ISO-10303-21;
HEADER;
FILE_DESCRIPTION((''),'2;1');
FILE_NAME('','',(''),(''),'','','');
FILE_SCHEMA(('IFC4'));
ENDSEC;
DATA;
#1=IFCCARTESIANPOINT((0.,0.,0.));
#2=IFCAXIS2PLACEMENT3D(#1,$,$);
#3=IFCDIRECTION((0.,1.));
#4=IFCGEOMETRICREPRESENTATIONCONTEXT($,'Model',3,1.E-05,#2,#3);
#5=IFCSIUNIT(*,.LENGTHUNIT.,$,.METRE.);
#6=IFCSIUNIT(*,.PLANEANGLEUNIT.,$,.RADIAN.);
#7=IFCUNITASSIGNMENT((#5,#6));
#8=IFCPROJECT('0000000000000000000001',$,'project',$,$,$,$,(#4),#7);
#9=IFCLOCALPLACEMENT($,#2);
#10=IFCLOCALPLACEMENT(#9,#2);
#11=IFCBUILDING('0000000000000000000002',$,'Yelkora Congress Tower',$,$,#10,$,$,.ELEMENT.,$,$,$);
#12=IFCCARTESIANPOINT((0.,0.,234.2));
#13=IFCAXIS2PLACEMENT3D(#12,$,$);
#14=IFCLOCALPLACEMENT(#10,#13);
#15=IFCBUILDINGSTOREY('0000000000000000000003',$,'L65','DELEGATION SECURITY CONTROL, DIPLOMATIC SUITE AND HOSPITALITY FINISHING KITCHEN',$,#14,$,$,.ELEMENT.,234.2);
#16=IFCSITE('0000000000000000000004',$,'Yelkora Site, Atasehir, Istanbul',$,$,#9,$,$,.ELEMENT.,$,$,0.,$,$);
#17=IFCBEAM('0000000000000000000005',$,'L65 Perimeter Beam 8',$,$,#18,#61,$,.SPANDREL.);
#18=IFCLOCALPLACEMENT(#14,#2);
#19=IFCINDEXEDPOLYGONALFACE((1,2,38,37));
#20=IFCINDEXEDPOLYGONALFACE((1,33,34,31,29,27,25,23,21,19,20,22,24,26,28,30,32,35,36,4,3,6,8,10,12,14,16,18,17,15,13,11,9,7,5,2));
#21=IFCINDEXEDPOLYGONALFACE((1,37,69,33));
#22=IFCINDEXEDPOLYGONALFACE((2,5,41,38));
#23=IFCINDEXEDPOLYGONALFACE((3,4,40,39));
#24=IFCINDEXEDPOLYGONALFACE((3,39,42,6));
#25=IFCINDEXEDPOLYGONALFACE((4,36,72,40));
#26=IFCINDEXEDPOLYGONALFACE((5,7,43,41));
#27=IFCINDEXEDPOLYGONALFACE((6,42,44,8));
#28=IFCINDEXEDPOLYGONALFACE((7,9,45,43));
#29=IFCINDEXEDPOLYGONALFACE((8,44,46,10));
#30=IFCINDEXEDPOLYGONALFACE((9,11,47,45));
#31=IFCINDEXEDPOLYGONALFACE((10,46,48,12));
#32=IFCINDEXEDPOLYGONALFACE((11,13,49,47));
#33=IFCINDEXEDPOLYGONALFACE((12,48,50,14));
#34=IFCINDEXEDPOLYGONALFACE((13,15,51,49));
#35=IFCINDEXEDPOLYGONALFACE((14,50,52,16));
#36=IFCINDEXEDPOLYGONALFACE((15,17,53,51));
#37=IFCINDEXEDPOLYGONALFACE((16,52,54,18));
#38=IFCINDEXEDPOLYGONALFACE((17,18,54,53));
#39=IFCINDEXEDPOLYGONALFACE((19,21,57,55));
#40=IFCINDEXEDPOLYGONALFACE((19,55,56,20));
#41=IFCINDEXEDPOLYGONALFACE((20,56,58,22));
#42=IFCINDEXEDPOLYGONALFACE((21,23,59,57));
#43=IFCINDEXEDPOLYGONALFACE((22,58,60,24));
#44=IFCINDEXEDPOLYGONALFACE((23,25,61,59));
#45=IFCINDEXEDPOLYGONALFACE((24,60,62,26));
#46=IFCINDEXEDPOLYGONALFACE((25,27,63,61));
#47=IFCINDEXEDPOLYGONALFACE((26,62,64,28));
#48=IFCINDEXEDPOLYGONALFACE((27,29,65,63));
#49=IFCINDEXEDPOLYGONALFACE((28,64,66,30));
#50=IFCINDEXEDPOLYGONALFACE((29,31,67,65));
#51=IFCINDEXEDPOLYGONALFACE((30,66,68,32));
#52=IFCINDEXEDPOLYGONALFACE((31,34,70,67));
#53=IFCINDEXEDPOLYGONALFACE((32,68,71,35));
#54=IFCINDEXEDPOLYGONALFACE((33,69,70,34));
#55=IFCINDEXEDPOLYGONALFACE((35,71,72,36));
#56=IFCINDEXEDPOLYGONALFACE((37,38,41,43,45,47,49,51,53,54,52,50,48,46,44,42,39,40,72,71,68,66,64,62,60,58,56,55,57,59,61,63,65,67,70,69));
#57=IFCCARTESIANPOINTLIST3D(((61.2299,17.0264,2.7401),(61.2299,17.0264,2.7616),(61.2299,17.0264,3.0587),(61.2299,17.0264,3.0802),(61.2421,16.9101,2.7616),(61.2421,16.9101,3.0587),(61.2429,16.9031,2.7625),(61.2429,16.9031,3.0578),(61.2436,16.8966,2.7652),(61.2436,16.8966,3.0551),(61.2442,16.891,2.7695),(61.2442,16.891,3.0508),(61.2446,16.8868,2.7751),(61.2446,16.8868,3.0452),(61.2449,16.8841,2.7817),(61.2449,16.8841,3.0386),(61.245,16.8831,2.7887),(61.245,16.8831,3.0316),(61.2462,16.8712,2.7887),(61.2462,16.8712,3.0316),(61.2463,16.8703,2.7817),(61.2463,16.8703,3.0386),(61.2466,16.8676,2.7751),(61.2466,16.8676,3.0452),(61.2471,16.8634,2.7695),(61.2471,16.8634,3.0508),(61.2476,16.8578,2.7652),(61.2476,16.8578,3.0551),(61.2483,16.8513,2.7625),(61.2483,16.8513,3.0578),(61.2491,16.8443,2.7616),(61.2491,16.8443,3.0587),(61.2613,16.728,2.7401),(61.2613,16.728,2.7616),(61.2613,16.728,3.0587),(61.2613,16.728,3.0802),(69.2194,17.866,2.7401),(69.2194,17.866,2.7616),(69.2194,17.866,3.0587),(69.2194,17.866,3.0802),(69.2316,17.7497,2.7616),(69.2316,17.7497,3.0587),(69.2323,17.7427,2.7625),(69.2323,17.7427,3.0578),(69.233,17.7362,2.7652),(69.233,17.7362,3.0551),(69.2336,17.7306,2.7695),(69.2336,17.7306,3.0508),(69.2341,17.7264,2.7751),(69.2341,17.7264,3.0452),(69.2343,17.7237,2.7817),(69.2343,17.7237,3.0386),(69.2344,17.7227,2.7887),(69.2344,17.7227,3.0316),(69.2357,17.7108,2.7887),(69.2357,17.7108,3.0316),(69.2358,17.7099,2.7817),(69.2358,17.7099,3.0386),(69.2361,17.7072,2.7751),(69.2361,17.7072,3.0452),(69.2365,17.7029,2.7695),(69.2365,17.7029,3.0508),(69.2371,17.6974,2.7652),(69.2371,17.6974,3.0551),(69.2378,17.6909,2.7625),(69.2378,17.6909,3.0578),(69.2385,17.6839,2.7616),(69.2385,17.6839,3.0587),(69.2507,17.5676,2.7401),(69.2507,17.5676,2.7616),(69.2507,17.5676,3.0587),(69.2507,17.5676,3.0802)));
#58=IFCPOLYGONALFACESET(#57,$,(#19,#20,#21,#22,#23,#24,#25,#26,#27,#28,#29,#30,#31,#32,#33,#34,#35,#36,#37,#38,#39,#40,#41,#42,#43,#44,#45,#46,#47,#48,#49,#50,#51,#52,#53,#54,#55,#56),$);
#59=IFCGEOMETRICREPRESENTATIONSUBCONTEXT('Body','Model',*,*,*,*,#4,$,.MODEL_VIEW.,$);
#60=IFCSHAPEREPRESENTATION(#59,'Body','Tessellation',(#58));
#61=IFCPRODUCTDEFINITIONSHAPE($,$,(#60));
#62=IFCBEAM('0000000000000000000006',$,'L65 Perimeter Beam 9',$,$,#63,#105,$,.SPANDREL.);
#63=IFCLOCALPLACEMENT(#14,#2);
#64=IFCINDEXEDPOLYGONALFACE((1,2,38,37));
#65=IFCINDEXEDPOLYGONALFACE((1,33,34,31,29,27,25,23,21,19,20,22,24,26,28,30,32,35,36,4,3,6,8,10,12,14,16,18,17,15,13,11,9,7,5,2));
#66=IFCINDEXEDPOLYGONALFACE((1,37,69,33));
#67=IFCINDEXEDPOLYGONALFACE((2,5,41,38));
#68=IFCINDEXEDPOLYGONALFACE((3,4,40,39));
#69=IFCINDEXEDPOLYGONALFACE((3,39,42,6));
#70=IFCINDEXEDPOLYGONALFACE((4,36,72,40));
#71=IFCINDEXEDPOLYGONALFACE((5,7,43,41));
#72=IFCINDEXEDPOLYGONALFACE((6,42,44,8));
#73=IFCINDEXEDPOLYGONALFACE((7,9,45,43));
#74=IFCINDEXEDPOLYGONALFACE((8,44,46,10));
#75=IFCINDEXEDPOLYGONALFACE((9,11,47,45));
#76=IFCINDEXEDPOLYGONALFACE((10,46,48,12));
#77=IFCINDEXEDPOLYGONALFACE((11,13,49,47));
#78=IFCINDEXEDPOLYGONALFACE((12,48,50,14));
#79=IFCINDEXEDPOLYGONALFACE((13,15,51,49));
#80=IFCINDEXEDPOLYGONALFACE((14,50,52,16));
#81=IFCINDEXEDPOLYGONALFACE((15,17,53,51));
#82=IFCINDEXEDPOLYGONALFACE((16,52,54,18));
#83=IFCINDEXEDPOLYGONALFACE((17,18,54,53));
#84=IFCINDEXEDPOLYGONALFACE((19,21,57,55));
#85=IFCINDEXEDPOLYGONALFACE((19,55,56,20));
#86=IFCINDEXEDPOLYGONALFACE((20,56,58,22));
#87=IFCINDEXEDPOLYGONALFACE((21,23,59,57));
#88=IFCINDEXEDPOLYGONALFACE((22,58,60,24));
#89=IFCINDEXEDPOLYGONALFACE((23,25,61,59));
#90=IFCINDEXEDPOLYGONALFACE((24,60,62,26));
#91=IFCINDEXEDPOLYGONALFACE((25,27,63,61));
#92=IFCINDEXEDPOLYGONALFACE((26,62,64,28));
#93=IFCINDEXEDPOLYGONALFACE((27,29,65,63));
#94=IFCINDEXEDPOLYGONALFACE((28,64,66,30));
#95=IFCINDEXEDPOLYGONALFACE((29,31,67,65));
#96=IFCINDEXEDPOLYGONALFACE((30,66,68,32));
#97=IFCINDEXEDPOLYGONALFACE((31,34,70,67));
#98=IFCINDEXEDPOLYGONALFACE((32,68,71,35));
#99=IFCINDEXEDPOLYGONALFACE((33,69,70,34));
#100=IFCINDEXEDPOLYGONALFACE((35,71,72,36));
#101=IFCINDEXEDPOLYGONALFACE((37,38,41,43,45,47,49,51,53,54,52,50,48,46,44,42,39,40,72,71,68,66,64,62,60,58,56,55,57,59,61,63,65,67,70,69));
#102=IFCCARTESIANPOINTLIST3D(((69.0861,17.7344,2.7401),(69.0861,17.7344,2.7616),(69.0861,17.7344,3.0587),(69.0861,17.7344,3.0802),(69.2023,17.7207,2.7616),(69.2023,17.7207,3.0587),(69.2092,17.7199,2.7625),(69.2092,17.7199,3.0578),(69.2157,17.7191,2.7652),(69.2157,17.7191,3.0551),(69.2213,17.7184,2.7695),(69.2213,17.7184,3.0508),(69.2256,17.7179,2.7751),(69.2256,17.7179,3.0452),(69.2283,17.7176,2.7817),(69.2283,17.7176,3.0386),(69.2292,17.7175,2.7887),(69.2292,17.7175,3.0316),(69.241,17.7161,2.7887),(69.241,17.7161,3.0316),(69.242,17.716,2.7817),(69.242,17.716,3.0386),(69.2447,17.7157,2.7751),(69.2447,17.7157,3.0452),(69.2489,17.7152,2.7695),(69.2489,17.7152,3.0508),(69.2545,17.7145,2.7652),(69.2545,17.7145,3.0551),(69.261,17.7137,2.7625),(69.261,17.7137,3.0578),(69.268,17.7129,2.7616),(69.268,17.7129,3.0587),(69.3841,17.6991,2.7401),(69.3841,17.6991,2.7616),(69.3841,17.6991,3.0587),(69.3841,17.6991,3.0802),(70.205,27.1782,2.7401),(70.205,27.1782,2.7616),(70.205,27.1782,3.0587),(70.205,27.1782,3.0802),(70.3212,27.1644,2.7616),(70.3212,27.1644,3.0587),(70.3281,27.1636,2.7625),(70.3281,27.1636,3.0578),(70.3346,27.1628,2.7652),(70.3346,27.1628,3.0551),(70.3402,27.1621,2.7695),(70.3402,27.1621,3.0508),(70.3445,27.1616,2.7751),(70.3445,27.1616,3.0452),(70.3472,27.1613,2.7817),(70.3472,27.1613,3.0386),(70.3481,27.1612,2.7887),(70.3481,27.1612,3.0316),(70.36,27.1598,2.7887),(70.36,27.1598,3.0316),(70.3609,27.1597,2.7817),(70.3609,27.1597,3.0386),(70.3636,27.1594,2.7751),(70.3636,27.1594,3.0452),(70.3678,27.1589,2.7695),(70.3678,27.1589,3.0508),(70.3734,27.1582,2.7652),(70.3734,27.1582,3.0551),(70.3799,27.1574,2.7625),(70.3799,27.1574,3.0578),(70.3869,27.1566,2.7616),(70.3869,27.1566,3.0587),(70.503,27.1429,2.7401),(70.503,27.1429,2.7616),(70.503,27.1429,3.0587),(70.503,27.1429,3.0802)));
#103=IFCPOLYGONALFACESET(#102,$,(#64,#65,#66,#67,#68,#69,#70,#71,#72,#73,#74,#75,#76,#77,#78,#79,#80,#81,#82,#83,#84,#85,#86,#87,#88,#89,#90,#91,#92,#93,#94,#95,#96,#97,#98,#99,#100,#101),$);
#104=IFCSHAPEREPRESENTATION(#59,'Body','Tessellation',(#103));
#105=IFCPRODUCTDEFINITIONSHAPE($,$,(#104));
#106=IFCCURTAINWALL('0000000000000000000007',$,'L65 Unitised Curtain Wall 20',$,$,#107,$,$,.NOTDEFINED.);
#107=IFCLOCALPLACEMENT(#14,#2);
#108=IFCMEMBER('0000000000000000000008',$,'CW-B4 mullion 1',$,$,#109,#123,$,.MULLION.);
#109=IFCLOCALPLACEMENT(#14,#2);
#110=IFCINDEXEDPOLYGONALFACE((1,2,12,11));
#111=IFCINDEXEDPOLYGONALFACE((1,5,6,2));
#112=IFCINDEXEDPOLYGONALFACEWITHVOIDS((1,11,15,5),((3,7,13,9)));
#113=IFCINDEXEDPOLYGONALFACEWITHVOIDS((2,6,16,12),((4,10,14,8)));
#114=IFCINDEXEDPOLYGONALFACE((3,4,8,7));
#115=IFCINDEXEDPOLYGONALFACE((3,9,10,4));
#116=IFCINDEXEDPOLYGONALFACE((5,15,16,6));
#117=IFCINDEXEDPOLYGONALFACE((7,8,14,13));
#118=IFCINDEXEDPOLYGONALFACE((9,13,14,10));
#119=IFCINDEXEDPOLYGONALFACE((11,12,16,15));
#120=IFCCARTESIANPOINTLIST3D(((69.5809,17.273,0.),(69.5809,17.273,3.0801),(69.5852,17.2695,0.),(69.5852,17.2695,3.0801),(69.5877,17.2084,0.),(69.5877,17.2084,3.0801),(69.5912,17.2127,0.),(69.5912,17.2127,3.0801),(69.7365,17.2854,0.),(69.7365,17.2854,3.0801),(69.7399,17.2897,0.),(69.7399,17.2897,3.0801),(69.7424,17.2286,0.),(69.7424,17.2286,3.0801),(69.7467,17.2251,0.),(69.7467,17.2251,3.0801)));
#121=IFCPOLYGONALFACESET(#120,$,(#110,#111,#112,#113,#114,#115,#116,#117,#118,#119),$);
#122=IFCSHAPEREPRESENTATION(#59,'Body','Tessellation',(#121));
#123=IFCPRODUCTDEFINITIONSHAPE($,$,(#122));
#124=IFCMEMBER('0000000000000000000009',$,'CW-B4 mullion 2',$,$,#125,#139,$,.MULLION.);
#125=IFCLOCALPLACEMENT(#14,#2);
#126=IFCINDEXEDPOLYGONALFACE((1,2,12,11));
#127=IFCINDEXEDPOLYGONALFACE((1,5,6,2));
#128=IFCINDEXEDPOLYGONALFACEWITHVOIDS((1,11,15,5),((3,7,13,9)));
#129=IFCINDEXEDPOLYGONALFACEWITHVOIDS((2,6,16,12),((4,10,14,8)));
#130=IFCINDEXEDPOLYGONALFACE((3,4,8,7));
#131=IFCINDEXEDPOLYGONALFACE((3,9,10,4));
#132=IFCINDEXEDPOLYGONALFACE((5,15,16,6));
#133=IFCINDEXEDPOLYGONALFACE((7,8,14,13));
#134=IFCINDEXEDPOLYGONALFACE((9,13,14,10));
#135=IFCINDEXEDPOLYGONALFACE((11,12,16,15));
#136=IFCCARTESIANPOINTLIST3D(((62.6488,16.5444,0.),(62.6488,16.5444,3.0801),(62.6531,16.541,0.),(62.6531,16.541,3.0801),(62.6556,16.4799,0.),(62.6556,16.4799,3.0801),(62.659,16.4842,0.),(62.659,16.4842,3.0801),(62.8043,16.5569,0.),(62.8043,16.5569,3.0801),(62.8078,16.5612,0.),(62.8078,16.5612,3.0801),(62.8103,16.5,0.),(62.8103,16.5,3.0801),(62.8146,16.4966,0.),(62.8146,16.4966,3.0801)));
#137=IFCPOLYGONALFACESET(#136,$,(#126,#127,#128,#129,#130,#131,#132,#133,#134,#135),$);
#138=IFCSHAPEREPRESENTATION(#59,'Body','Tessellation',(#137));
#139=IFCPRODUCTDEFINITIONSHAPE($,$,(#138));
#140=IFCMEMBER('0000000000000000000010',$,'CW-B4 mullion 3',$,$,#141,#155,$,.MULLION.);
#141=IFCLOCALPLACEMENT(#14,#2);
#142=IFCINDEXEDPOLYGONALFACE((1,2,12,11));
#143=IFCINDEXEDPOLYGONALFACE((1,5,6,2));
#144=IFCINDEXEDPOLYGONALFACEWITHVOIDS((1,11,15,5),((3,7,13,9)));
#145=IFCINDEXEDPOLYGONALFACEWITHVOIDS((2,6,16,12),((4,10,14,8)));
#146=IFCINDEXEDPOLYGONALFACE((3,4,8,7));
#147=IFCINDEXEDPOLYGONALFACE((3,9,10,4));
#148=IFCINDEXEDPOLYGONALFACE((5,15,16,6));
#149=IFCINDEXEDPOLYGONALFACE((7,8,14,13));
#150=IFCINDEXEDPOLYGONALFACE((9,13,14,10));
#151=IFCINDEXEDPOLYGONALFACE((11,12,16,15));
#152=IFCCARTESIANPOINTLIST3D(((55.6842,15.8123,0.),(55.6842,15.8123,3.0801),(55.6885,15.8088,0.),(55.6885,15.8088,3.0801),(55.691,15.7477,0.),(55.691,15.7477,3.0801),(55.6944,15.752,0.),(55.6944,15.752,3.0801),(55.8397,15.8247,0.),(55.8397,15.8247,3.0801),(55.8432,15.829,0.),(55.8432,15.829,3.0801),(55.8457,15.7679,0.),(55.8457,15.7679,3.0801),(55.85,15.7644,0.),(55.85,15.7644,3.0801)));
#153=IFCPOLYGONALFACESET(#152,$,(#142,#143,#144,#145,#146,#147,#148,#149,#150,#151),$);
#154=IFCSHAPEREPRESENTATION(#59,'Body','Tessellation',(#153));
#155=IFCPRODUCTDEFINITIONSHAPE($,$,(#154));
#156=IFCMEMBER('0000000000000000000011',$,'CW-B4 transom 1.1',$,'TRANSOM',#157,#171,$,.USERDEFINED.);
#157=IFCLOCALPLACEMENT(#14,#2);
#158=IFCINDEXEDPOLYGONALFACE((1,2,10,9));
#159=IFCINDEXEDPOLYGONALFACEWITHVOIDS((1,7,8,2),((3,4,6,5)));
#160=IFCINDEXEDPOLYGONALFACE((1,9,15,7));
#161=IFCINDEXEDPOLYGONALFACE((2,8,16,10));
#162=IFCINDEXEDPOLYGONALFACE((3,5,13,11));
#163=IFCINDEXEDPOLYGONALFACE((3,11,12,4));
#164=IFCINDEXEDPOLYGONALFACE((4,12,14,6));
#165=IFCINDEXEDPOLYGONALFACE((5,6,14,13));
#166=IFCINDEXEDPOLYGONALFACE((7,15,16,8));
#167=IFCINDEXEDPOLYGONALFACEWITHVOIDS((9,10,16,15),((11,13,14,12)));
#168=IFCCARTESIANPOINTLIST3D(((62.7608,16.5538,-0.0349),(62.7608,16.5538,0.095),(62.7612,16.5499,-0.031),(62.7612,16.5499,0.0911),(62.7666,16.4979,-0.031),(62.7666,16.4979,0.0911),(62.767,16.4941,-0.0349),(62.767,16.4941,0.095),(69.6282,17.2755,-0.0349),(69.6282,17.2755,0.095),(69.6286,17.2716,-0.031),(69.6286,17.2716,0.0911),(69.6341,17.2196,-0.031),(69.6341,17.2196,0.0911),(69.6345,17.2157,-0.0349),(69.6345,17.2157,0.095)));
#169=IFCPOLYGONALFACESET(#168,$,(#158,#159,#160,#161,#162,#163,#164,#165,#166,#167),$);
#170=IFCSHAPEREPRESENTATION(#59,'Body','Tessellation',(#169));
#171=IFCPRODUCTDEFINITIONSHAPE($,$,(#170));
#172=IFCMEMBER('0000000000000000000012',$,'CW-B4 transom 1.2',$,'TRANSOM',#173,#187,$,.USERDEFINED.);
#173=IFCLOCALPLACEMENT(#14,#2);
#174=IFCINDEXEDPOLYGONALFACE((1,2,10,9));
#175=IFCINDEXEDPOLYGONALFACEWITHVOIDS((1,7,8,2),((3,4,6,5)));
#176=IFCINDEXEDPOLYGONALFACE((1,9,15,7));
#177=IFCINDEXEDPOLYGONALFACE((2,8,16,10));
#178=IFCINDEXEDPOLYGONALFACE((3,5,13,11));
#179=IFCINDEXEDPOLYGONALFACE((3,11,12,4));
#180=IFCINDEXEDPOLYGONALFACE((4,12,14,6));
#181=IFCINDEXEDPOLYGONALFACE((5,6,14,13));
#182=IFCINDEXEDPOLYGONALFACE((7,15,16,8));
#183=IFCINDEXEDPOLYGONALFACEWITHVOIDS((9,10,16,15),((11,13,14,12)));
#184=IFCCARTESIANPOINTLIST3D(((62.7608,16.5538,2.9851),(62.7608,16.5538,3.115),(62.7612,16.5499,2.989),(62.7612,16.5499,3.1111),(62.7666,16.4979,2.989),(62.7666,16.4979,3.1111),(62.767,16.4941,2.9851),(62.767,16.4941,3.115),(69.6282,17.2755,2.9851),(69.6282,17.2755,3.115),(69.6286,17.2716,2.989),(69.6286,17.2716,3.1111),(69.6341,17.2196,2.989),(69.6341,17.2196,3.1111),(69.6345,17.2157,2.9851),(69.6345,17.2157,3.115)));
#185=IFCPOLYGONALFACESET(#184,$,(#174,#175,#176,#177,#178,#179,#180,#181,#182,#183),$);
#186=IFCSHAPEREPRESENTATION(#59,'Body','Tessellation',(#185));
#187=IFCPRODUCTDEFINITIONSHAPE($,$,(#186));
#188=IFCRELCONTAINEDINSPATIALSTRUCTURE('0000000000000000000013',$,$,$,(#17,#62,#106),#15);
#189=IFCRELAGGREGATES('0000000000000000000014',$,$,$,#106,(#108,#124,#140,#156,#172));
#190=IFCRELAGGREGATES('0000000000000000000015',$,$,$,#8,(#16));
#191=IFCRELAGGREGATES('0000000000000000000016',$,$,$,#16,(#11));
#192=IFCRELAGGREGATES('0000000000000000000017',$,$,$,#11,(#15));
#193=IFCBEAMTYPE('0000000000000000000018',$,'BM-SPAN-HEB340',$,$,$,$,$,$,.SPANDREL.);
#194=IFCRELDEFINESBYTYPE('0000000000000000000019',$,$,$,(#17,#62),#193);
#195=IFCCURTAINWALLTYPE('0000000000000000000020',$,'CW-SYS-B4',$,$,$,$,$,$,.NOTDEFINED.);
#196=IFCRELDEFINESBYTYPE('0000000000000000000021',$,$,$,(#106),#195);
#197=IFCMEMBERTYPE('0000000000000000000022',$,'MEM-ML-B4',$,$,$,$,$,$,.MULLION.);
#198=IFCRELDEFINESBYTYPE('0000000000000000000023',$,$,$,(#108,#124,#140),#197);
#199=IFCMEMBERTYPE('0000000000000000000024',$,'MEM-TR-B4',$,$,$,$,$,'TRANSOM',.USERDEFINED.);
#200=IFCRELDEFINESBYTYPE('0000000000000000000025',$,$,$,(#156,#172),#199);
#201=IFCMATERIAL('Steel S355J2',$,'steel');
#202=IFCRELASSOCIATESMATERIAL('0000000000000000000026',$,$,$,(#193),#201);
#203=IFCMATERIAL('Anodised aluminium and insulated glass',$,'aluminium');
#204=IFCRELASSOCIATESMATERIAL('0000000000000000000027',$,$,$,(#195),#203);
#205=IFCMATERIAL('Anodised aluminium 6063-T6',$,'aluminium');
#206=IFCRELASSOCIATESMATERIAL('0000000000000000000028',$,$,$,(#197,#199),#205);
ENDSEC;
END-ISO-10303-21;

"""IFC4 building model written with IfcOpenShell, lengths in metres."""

from ifc_helpers import new_model, si_unit, direction, frame, origin, origin_2d, place, context, subcontext, project, spatial, hollow_rectangle, i_section, extrude, material, material_profile, profile_set, type_object, element, aggregate, save


model = new_model("IFC4")

# Units and contexts
model_context = context("Model", 3, precision=1e-05, world=origin(), true_north=direction((0.0, 1.0)))
body_context = subcontext(model_context, "Body", "Model", "MODEL_VIEW")
ifc_project = project(units=[si_unit("LENGTHUNIT", "METRE"), si_unit("PLANEANGLEUNIT", "RADIAN")], contexts=[model_context])

# Site, building, storey
site_placement = place(None, origin())
site = spatial("IfcSite", under=ifc_project, at=site_placement, Name="Yelkora Site, Atasehir, Istanbul", CompositionType="ELEMENT", RefElevation=0.0)
building_placement = place(site_placement, origin())
building = spatial("IfcBuilding", under=site, at=building_placement, Name="Yelkora Congress Tower", CompositionType="ELEMENT")
storey_placement = place(building_placement, frame((0.0, 0.0, 234.2)))
storey = spatial("IfcBuildingStorey", under=building, at=storey_placement, Name="L65", Description="DELEGATION SECURITY CONTROL, DIPLOMATIC SUITE AND HOSPITALITY FINISHING KITCHEN", CompositionType="ELEMENT", Elevation=234.2)

# Shared definitions
ifc_material_1 = material(Name="Steel S355J2", Category="steel")

# Beams
ifc_material_profile_1 = material_profile(ifc_material_1, i_section(OverallWidth=0.3, OverallDepth=0.3401, WebThickness=0.012, FlangeThickness=0.0215, FilletRadius=0.0271, at=origin_2d()), Name="HEB 340")
ifc_profile_set_1 = profile_set([ifc_material_profile_1], Name="Steel S355J2")
beam_type_1 = type_object("IfcBeamType", Name="BM-SPAN-HEB340", PredefinedType="SPANDREL", material=ifc_profile_set_1)
beam_1_placement = place(storey_placement, frame((61.2456, 16.8772, 2.9102), z_axis=(0.994524, 0.104512, 0.0), x_axis=(-0.104512, 0.994524, 0.0)))
element("IfcBeam", 1, at=beam_1_placement, inside=storey, type_object=beam_type_1, Name="L65 Perimeter Beam 8", PredefinedType="SPANDREL", context=body_context, shape_type="SweptSolid", body=[
    extrude(i_section(OverallWidth=0.3, OverallDepth=0.3401, WebThickness=0.012, FlangeThickness=0.0215, FilletRadius=0.0271, at=origin_2d()), origin(), (0.0, 0.0, 1.0), 8.0334),
])
beam_2_placement = place(storey_placement, frame((69.2351, 17.7168, 2.9102), z_axis=(0.117659, 0.993054, 0.0), x_axis=(-0.993054, 0.117659, 0.0)))
element("IfcBeam", 2, at=beam_2_placement, inside=storey, type_object=beam_type_1, Name="L65 Perimeter Beam 9", PredefinedType="SPANDREL", context=body_context, shape_type="SweptSolid", body=[
    extrude(i_section(OverallWidth=0.3, OverallDepth=0.3401, WebThickness=0.012, FlangeThickness=0.0215, FilletRadius=0.0271, at=origin_2d()), origin(), (0.0, 0.0, 1.0), 9.5098),
])

# Curtain wall, members
ifc_material_2 = material(Name="Anodised aluminium and insulated glass", Category="aluminium")
curtain_wall_type = type_object("IfcCurtainWallType", Name="CW-SYS-B4", PredefinedType="NOTDEFINED", material=ifc_material_2)
curtain_wall_placement = place(storey_placement, origin())
curtain_wall = element("IfcCurtainWall", 3, at=curtain_wall_placement, inside=storey, type_object=curtain_wall_type, Name="L65 Unitised Curtain Wall 20", PredefinedType="NOTDEFINED")
ifc_material_3 = material(Name="Anodised aluminium 6063-T6", Category="aluminium")
ifc_material_profile_2 = material_profile(ifc_material_3, hollow_rectangle(XDim=0.0649, YDim=0.1599, WallThickness=0.0039, at=origin_2d()), Name="ALU 65x160x4")
ifc_profile_set_2 = profile_set([ifc_material_profile_2], Name="Anodised aluminium 6063-T6")
member_type_1 = type_object("IfcMemberType", Name="MEM-ML-B4", PredefinedType="MULLION", material=ifc_profile_set_2)
member_1_placement = place(storey_placement, frame((69.6638, 17.249, 0.0), z_axis=(0.0, 0.0, 1.0), x_axis=(0.104527, -0.994522, 0.0)))
member_1 = element("IfcMember", 4, at=member_1_placement, type_object=member_type_1, Name="CW-B4 mullion 1", PredefinedType="MULLION", context=body_context, shape_type="SweptSolid", body=[
    extrude(hollow_rectangle(XDim=0.0649, YDim=0.1599, WallThickness=0.0039, at=origin_2d()), origin(), (0.0, 0.0, 1.0), 3.0801),
])
member_2_placement = place(storey_placement, frame((62.7317, 16.5205, 0.0), z_axis=(0.0, 0.0, 1.0), x_axis=(0.104527, -0.994522, 0.0)))
member_2 = element("IfcMember", 5, at=member_2_placement, type_object=member_type_1, Name="CW-B4 mullion 2", PredefinedType="MULLION", context=body_context, shape_type="SweptSolid", body=[
    extrude(hollow_rectangle(XDim=0.0649, YDim=0.1599, WallThickness=0.0039, at=origin_2d()), origin(), (0.0, 0.0, 1.0), 3.0801),
])
member_3_placement = place(storey_placement, frame((55.7671, 15.7883, 0.0), z_axis=(0.0, 0.0, 1.0), x_axis=(0.104527, -0.994522, 0.0)))
member_3 = element("IfcMember", 6, at=member_3_placement, type_object=member_type_1, Name="CW-B4 mullion 3", PredefinedType="MULLION", context=body_context, shape_type="SweptSolid", body=[
    extrude(hollow_rectangle(XDim=0.0649, YDim=0.1599, WallThickness=0.0039, at=origin_2d()), origin(), (0.0, 0.0, 1.0), 3.0801),
])
ifc_material_profile_3 = material_profile(ifc_material_3, hollow_rectangle(XDim=0.0601, YDim=0.1299, WallThickness=0.0039, at=origin_2d()), Name="ALU 60x130x4")
ifc_profile_set_3 = profile_set([ifc_material_profile_3], Name="Anodised aluminium 6063-T6")
member_type_2 = type_object("IfcMemberType", Name="MEM-TR-B4", ElementType="TRANSOM", PredefinedType="USERDEFINED", material=ifc_profile_set_3)
member_4_placement = place(storey_placement, frame((69.6313, 17.2456, 0.03), z_axis=(-0.994524, -0.104512, 0.0), x_axis=(0.104512, -0.994524, 0.0)))
member_4 = element("IfcMember", 7, at=member_4_placement, type_object=member_type_2, Name="CW-B4 transom 1.1", ObjectType="TRANSOM", PredefinedType="USERDEFINED", context=body_context, shape_type="SweptSolid", body=[
    extrude(hollow_rectangle(XDim=0.0601, YDim=0.1299, WallThickness=0.0039, at=origin_2d()), origin(), (0.0, 0.0, 1.0), 6.9053),
])
member_5_placement = place(storey_placement, frame((69.6313, 17.2456, 3.05), z_axis=(-0.994524, -0.104512, 0.0), x_axis=(0.104512, -0.994524, 0.0)))
member_5 = element("IfcMember", 8, at=member_5_placement, type_object=member_type_2, Name="CW-B4 transom 1.2", ObjectType="TRANSOM", PredefinedType="USERDEFINED", context=body_context, shape_type="SweptSolid", body=[
    extrude(hollow_rectangle(XDim=0.0601, YDim=0.1299, WallThickness=0.0039, at=origin_2d()), origin(), (0.0, 0.0, 1.0), 6.9053),
])
aggregate(curtain_wall, [member_1, member_2, member_3, member_4, member_5])

save(model, "model.ifc")
